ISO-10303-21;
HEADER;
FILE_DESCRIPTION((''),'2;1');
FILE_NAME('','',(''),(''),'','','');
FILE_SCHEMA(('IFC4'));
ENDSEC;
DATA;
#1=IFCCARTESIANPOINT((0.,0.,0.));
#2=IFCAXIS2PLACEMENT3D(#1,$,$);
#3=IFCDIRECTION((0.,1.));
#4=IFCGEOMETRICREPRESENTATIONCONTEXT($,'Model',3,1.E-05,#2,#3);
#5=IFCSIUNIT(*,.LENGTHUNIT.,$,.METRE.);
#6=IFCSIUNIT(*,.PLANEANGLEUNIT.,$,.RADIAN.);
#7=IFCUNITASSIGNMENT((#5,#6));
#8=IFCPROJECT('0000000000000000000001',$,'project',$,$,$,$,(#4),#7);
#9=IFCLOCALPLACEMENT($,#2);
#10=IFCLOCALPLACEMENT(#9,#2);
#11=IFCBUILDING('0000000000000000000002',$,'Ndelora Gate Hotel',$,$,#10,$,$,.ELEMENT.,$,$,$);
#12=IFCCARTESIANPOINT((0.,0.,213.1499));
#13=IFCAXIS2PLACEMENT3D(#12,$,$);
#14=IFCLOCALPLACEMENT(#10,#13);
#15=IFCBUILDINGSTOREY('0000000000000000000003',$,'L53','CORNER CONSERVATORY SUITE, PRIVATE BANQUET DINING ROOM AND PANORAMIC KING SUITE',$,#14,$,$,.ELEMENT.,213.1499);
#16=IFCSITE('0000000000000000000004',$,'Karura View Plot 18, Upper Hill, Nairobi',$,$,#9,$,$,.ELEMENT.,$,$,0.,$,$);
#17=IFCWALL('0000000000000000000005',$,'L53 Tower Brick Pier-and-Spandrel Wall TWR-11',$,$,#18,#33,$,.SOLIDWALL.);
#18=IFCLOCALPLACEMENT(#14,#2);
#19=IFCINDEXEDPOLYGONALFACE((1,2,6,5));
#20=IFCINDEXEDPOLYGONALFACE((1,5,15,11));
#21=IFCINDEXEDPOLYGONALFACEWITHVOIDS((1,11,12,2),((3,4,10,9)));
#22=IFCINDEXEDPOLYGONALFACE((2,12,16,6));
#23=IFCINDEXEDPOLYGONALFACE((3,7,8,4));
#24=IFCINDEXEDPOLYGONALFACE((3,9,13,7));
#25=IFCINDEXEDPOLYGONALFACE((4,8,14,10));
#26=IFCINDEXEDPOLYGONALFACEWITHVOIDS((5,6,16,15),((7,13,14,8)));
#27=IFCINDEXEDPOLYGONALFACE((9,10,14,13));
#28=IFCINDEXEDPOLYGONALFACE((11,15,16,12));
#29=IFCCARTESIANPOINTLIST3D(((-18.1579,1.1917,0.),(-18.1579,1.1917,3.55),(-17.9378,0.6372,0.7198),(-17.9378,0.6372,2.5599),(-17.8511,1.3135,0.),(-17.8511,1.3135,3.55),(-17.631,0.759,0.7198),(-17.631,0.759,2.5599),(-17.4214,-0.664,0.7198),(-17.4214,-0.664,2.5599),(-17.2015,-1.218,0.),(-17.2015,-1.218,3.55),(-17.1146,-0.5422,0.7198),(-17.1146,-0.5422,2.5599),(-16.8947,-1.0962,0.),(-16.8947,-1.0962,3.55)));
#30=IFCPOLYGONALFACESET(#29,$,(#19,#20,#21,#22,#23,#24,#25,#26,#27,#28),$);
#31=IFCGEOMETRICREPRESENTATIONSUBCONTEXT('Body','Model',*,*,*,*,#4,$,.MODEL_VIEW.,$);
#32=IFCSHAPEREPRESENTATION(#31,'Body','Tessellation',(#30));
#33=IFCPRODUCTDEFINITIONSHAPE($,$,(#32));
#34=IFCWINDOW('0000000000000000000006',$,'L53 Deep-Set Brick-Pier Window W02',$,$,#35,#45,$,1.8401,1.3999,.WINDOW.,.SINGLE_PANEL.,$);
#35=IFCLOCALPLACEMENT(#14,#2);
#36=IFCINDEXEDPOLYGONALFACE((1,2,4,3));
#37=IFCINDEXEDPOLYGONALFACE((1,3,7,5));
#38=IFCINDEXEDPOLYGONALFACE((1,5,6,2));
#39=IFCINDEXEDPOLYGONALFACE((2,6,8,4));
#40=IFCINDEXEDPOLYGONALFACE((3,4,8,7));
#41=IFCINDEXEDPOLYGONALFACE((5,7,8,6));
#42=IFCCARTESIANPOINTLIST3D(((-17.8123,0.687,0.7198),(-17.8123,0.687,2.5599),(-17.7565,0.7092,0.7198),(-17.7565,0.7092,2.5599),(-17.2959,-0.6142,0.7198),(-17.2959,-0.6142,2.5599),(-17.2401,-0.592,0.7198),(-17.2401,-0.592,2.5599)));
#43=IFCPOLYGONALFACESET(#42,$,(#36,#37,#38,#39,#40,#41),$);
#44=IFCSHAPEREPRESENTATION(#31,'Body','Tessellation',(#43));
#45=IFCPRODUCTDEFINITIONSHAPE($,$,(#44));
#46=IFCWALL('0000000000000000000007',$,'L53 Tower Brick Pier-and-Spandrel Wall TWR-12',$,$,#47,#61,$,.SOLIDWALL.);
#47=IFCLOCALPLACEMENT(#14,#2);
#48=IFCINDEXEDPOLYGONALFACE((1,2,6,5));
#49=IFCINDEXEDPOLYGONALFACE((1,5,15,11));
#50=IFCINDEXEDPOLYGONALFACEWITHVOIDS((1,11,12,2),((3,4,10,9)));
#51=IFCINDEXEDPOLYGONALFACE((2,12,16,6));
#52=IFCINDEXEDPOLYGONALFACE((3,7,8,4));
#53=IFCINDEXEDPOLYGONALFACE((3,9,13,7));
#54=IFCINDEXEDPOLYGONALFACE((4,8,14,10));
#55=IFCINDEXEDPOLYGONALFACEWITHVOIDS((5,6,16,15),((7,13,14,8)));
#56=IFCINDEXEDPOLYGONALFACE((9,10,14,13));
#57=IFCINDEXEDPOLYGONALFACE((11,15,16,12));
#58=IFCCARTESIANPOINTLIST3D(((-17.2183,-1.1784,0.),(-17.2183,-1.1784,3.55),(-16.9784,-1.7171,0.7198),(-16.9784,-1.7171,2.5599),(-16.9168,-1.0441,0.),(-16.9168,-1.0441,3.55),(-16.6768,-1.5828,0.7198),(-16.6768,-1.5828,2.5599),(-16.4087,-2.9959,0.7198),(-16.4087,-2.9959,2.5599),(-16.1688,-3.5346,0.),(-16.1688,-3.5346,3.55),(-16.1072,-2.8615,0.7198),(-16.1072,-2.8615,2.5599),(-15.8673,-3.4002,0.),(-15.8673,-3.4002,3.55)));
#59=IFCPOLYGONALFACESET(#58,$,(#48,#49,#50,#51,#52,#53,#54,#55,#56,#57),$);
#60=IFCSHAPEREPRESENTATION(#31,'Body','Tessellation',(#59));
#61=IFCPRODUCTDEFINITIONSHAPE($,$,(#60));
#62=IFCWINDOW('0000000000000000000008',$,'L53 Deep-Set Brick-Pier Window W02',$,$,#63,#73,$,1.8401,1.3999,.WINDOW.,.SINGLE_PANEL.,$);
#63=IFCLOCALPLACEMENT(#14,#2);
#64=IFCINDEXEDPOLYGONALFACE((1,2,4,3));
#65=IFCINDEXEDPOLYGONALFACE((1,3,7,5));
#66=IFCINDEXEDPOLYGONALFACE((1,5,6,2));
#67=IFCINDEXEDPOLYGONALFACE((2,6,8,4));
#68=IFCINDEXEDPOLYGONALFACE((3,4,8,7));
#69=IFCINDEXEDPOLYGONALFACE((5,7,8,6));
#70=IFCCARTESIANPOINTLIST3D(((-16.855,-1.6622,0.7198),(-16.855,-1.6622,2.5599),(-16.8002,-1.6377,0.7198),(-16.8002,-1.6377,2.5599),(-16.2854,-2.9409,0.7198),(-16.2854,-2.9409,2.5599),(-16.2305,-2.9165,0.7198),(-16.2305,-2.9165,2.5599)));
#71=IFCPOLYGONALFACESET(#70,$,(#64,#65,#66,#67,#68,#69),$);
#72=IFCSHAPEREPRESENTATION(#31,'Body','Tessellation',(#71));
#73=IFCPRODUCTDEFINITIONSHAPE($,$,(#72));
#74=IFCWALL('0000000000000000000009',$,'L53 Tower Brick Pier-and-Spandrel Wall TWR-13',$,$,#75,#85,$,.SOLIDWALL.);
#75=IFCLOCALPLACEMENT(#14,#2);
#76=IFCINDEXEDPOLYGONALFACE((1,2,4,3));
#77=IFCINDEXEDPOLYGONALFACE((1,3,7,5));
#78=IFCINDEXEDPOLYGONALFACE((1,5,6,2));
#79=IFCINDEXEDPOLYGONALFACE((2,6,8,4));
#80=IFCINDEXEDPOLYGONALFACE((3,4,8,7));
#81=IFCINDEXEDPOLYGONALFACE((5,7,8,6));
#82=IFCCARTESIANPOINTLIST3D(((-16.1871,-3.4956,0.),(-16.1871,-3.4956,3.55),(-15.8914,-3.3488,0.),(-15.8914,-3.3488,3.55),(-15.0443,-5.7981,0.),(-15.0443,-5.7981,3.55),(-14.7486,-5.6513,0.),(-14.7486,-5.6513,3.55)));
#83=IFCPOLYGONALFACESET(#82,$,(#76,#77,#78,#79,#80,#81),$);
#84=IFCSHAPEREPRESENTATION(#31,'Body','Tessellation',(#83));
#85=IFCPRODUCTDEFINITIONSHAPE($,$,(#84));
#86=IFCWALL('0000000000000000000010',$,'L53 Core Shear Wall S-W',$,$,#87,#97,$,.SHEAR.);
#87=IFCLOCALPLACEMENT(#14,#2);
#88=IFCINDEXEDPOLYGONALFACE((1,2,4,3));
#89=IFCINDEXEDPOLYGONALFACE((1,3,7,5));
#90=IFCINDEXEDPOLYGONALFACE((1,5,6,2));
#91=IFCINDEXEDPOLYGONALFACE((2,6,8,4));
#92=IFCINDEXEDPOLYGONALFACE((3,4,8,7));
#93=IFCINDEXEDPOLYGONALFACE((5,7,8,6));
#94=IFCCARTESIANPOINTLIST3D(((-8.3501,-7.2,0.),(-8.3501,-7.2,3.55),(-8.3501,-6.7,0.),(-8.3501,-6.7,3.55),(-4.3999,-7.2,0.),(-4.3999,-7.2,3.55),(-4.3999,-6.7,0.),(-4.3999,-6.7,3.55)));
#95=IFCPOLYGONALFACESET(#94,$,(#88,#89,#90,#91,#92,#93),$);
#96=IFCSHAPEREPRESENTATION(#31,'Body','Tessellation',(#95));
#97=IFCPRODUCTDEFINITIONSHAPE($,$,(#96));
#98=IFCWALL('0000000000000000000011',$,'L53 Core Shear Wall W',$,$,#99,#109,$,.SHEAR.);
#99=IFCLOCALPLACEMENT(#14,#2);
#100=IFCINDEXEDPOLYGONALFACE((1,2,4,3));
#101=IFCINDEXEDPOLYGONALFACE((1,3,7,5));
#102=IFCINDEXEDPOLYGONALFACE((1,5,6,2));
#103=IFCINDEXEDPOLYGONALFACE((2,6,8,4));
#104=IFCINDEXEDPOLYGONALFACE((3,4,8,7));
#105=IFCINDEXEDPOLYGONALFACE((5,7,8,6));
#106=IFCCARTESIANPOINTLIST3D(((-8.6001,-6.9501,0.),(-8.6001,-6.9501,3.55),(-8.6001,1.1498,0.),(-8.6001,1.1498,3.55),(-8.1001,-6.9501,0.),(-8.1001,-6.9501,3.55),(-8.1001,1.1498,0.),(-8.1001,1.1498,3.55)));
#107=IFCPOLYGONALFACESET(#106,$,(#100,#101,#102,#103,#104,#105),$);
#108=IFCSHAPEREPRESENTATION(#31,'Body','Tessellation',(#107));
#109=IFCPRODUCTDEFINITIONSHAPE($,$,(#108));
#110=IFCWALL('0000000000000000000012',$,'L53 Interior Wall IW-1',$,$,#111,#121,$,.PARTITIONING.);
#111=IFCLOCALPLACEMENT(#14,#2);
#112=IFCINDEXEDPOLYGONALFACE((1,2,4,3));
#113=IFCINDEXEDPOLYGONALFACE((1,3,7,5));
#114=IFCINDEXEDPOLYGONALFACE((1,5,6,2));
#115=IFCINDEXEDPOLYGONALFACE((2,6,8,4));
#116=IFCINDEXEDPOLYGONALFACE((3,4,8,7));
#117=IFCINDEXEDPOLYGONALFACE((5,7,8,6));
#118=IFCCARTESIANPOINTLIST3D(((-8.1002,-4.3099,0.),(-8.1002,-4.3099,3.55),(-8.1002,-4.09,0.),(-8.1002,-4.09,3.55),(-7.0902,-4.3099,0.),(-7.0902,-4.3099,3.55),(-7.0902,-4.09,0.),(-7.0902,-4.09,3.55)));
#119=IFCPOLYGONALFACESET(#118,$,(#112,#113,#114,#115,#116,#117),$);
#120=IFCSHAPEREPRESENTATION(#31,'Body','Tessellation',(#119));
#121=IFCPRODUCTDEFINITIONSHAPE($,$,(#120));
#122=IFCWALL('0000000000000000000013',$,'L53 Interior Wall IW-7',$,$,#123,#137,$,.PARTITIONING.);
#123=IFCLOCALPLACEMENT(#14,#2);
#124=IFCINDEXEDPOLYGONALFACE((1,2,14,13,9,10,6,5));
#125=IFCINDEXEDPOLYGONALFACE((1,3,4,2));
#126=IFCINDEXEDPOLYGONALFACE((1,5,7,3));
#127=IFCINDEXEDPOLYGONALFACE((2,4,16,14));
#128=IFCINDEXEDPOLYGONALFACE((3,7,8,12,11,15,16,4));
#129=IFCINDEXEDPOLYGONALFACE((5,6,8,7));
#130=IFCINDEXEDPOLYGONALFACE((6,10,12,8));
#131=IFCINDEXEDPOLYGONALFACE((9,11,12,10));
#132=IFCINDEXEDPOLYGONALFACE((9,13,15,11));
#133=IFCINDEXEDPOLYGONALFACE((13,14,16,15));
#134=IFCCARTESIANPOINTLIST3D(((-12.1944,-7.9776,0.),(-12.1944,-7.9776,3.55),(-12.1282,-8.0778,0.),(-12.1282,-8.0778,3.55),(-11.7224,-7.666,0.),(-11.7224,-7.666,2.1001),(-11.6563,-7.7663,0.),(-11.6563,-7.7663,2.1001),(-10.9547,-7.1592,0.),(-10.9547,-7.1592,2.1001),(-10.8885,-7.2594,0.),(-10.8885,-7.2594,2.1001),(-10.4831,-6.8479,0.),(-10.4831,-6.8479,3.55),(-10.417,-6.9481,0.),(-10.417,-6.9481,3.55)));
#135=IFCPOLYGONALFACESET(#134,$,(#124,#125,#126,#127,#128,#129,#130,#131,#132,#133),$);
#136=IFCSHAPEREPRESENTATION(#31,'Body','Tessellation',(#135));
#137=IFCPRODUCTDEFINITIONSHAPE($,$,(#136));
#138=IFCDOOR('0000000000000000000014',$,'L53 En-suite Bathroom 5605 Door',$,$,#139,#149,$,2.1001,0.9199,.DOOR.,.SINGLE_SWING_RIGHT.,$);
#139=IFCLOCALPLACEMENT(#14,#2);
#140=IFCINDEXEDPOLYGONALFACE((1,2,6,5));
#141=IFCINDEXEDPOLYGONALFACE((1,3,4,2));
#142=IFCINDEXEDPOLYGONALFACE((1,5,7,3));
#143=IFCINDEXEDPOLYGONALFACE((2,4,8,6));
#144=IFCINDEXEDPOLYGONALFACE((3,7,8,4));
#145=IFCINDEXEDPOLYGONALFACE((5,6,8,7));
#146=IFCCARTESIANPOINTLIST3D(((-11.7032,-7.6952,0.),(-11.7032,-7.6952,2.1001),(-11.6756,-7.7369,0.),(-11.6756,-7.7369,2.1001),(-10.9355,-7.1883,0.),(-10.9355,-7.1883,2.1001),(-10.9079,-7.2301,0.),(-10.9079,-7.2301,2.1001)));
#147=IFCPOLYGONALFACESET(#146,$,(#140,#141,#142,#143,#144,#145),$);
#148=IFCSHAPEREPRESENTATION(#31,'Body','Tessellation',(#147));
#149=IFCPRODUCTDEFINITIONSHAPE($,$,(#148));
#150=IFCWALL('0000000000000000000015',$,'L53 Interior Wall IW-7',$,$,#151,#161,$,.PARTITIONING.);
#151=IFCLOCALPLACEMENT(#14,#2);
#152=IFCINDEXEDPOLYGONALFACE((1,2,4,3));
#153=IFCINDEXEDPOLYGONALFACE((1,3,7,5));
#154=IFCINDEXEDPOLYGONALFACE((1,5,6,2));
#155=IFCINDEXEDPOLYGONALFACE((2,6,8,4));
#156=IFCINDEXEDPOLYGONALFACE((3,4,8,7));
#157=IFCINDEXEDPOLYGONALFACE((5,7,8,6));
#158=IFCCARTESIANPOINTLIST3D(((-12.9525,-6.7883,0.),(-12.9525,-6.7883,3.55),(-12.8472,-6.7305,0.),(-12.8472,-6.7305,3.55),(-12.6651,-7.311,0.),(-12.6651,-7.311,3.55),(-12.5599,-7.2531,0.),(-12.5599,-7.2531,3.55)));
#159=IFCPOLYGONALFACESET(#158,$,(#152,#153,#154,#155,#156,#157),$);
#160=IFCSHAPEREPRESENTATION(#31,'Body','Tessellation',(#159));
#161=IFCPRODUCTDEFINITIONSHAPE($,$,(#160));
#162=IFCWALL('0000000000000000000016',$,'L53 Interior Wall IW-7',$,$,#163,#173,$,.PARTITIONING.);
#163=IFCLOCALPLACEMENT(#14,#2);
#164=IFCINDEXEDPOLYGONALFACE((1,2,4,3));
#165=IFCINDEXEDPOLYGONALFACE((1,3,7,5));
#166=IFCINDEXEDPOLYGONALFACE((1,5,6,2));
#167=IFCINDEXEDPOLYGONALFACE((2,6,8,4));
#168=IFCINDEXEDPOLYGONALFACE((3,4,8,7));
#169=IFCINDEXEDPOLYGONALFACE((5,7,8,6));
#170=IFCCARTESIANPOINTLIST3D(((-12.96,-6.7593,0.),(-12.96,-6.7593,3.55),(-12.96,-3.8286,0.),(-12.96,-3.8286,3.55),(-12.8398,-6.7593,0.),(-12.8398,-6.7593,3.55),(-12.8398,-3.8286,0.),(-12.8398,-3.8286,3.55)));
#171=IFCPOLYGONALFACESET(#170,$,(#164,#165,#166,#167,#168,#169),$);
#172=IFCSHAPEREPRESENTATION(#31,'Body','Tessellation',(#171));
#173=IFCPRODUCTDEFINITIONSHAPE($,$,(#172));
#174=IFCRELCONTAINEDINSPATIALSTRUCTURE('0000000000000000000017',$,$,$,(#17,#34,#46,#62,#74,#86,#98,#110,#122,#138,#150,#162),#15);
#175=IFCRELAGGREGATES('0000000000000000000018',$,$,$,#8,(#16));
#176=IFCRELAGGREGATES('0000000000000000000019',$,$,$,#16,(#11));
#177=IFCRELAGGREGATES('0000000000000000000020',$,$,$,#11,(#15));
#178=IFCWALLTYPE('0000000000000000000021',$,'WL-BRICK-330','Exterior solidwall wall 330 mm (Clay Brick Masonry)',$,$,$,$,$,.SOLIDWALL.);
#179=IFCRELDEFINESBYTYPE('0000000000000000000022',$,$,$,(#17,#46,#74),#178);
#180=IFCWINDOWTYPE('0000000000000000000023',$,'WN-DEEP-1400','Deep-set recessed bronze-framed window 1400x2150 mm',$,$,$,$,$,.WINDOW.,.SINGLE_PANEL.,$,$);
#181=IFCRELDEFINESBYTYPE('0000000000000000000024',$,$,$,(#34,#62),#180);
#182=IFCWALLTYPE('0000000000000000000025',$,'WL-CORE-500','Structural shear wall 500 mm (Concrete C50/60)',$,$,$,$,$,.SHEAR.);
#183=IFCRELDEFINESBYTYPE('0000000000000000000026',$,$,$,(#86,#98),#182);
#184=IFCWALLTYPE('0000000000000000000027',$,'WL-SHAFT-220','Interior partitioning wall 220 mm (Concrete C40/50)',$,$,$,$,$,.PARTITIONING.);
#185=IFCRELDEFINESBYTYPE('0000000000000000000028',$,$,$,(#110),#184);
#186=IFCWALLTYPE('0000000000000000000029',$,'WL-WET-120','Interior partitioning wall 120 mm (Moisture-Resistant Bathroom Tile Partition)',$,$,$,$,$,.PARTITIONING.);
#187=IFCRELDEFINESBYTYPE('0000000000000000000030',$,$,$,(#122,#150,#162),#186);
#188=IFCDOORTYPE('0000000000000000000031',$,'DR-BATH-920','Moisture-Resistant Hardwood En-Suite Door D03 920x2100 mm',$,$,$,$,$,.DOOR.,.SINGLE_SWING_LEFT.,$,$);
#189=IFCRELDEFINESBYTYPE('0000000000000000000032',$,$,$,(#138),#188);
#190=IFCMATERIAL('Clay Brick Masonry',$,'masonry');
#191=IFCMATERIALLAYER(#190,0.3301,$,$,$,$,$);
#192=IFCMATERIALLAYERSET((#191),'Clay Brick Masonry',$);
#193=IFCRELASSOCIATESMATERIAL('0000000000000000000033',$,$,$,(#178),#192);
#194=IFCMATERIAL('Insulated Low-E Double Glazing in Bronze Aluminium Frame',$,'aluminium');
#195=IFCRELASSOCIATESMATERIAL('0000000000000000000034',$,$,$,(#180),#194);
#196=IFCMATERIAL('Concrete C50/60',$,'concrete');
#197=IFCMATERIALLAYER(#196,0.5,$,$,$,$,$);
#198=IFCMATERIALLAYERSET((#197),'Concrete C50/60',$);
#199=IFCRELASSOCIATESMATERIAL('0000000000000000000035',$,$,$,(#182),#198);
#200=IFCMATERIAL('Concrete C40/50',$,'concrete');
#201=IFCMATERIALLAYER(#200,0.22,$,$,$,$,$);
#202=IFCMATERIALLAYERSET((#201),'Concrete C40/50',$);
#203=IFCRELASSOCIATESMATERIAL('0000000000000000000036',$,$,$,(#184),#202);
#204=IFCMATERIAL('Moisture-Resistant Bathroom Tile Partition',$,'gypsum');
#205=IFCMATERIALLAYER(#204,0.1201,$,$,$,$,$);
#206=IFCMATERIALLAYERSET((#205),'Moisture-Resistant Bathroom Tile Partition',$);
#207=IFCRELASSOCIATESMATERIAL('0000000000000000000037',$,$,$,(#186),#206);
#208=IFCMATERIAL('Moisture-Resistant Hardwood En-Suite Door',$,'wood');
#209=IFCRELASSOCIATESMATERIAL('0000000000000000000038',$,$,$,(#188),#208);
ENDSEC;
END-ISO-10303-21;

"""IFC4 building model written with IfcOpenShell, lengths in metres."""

from ifc_helpers import new_model, si_unit, direction, frame, frame_2d, origin, place, context, subcontext, project, spatial, rectangle, extrude, material, layer, layer_set, type_object, element, fill, save


model = new_model("IFC4")

# Units and contexts
model_context = context("Model", 3, precision=1e-05, world=origin(), true_north=direction((0.0, 1.0)))
body_context = subcontext(model_context, "Body", "Model", "MODEL_VIEW")
ifc_project = project(units=[si_unit("LENGTHUNIT", "METRE"), si_unit("PLANEANGLEUNIT", "RADIAN")], contexts=[model_context])

# Site, building, storey
site_placement = place(None, origin())
site = spatial("IfcSite", under=ifc_project, at=site_placement, Name="Karura View Plot 18, Upper Hill, Nairobi", CompositionType="ELEMENT", RefElevation=0.0)
building_placement = place(site_placement, origin())
building = spatial("IfcBuilding", under=site, at=building_placement, Name="Ndelora Gate Hotel", CompositionType="ELEMENT")
storey_placement = place(building_placement, frame((0.0, 0.0, 213.1499)))
storey = spatial("IfcBuildingStorey", under=building, at=storey_placement, Name="L53", Description="CORNER CONSERVATORY SUITE, PRIVATE BANQUET DINING ROOM AND PANORAMIC KING SUITE", CompositionType="ELEMENT", Elevation=213.1499)

# Shared definitions
ifc_material_1 = material(Name="Concrete C50/60", Category="concrete")

# Walls, openings, windows
ifc_material_2 = material(Name="Clay Brick Masonry", Category="masonry")
ifc_layer_1 = layer(ifc_material_2, 0.3301)
ifc_layer_set_1 = layer_set([ifc_layer_1], Name="Clay Brick Masonry")
wall_type_1 = type_object("IfcWallType", Name="WL-BRICK-330", Description="Exterior solidwall wall 330 mm (Clay Brick Masonry)", PredefinedType="SOLIDWALL", material=ifc_layer_set_1)
wall_1_placement = place(storey_placement, frame((-17.0481, -1.1572, 0.0), z_axis=(0.0, 0.0, 1.0), x_axis=(-0.368873, 0.92948, 0.0)))
wall_1 = element("IfcWall", 1, at=wall_1_placement, inside=storey, type_object=wall_type_1, Name="L53 Tower Brick Pier-and-Spandrel Wall TWR-11", PredefinedType="SOLIDWALL", context=body_context, shape_type="SweptSolid", body=[
    extrude(rectangle(XDim=2.5925, YDim=0.3301, at=frame_2d((1.2964, 0.0))), origin(), (0.0, 0.0, 1.0), 3.55),
])
opening_1_placement = place(wall_1_placement, frame((0.5962, 0.0, 0.72)))
opening_1 = element("IfcOpeningElement", 2, at=opening_1_placement, cuts=wall_1, PredefinedType="OPENING", context=body_context, shape_type="SweptSolid", body=[
    extrude(rectangle(XDim=1.3999, YDim=1.8401, at=frame_2d((0.7, 0.9199))), frame((0.0, 0.175, 0.0), z_axis=(0.0, -1.0, 0.0), x_axis=(1.0, 0.0, 0.0)), (0.0, 0.0, 1.0), 0.3501),
])
ifc_material_3 = material(Name="Insulated Low-E Double Glazing in Bronze Aluminium Frame", Category="aluminium")
window_type = type_object("IfcWindowType", Name="WN-DEEP-1400", Description="Deep-set recessed bronze-framed window 1400x2150 mm", PartitioningType="SINGLE_PANEL", PredefinedType="WINDOW", material=ifc_material_3)
window_1_placement = place(opening_1_placement, origin())
window_1 = element("IfcWindow", 3, at=window_1_placement, inside=storey, type_object=window_type, Name="L53 Deep-Set Brick-Pier Window W02", OverallHeight=1.8401, OverallWidth=1.3999, PartitioningType="SINGLE_PANEL", PredefinedType="WINDOW", context=body_context, shape_type="SweptSolid", body=[
    extrude(rectangle(XDim=1.3999, YDim=1.8401, at=frame_2d((0.7, 0.9199))), frame((0.0, 0.03, 0.0), z_axis=(0.0, -1.0, 0.0), x_axis=(1.0, 0.0, 0.0)), (0.0, 0.0, 1.0), 0.0601),
])
fill(opening_1, window_1)
wall_2_placement = place(storey_placement, frame((-16.0181, -3.4673, 0.0), z_axis=(0.0, 0.0, 1.0), x_axis=(-0.406902, 0.913472, 0.0)))
wall_2 = element("IfcWall", 4, at=wall_2_placement, inside=storey, type_object=wall_type_1, Name="L53 Tower Brick Pier-and-Spandrel Wall TWR-12", PredefinedType="SOLIDWALL", context=body_context, shape_type="SweptSolid", body=[
    extrude(rectangle(XDim=2.5793, YDim=0.3301, at=frame_2d((1.2896, 0.0))), origin(), (0.0, 0.0, 1.0), 3.55),
])
opening_2_placement = place(wall_2_placement, frame((0.5896, 0.0, 0.72)))
opening_2 = element("IfcOpeningElement", 5, at=opening_2_placement, cuts=wall_2, PredefinedType="OPENING", context=body_context, shape_type="SweptSolid", body=[
    extrude(rectangle(XDim=1.3999, YDim=1.8401, at=frame_2d((0.7, 0.9199))), frame((0.0, 0.175, 0.0), z_axis=(0.0, -1.0, 0.0), x_axis=(1.0, 0.0, 0.0)), (0.0, 0.0, 1.0), 0.3501),
])
window_2_placement = place(opening_2_placement, origin())
window_2 = element("IfcWindow", 6, at=window_2_placement, inside=storey, type_object=window_type, Name="L53 Deep-Set Brick-Pier Window W02", OverallHeight=1.8401, OverallWidth=1.3999, PartitioningType="SINGLE_PANEL", PredefinedType="WINDOW", context=body_context, shape_type="SweptSolid", body=[
    extrude(rectangle(XDim=1.3999, YDim=1.8401, at=frame_2d((0.7, 0.9199))), frame((0.0, 0.03, 0.0), z_axis=(0.0, -1.0, 0.0), x_axis=(1.0, 0.0, 0.0)), (0.0, 0.0, 1.0), 0.0601),
])
fill(opening_2, window_2)

# Walls
wall_3_placement = place(storey_placement, frame((-14.8965, -5.7246, 0.0), z_axis=(0.0, 0.0, 1.0), x_axis=(-0.44459, 0.895734, 0.0)))
element("IfcWall", 7, at=wall_3_placement, inside=storey, type_object=wall_type_1, Name="L53 Tower Brick Pier-and-Spandrel Wall TWR-13", PredefinedType="SOLIDWALL", context=body_context, shape_type="SweptSolid", body=[
    extrude(rectangle(XDim=2.5706, YDim=0.3301, at=frame_2d((1.2852, 0.0))), origin(), (0.0, 0.0, 1.0), 3.55),
])
ifc_layer_2 = layer(ifc_material_1, 0.5)
ifc_layer_set_2 = layer_set([ifc_layer_2], Name="Concrete C50/60")
wall_type_2 = type_object("IfcWallType", Name="WL-CORE-500", Description="Structural shear wall 500 mm (Concrete C50/60)", PredefinedType="SHEAR", material=ifc_layer_set_2)
wall_4_placement = place(storey_placement, frame((-8.3501, -6.95, 0.0), z_axis=(0.0, 0.0, 1.0), x_axis=(1.0, 0.0, 0.0)))
element("IfcWall", 8, at=wall_4_placement, inside=storey, type_object=wall_type_2, Name="L53 Core Shear Wall S-W", PredefinedType="SHEAR", context=body_context, shape_type="SweptSolid", body=[
    extrude(rectangle(XDim=3.9502, YDim=0.5, at=frame_2d((1.9751, 0.0))), origin(), (0.0, 0.0, 1.0), 3.55),
])
wall_5_placement = place(storey_placement, frame((-8.3501, -6.95, 0.0), z_axis=(0.0, 0.0, 1.0), x_axis=(0.0, 1.0, 0.0)))
element("IfcWall", 9, at=wall_5_placement, inside=storey, type_object=wall_type_2, Name="L53 Core Shear Wall W", PredefinedType="SHEAR", context=body_context, shape_type="SweptSolid", body=[
    extrude(rectangle(XDim=8.0999, YDim=0.5, at=frame_2d((4.0498, 0.0))), origin(), (0.0, 0.0, 1.0), 3.55),
])
ifc_material_4 = material(Name="Concrete C40/50", Category="concrete")
ifc_layer_3 = layer(ifc_material_4, 0.22)
ifc_layer_set_3 = layer_set([ifc_layer_3], Name="Concrete C40/50")
wall_type_3 = type_object("IfcWallType", Name="WL-SHAFT-220", Description="Interior partitioning wall 220 mm (Concrete C40/50)", PredefinedType="PARTITIONING", material=ifc_layer_set_3)
wall_6_placement = place(storey_placement, frame((-8.1001, -4.2, 0.0), z_axis=(0.0, 0.0, 1.0), x_axis=(1.0, 0.0, 0.0)))
element("IfcWall", 10, at=wall_6_placement, inside=storey, type_object=wall_type_3, Name="L53 Interior Wall IW-1", PredefinedType="PARTITIONING", context=body_context, shape_type="SweptSolid", body=[
    extrude(rectangle(XDim=1.01, YDim=0.22, at=frame_2d((0.5049, 0.0))), origin(), (0.0, 0.0, 1.0), 3.55),
])

# Wall, opening, door
ifc_material_5 = material(Name="Moisture-Resistant Bathroom Tile Partition", Category="gypsum")
ifc_layer_4 = layer(ifc_material_5, 0.1201)
ifc_layer_set_4 = layer_set([ifc_layer_4], Name="Moisture-Resistant Bathroom Tile Partition")
wall_type_4 = type_object("IfcWallType", Name="WL-WET-120", Description="Interior partitioning wall 120 mm (Moisture-Resistant Bathroom Tile Partition)", PredefinedType="PARTITIONING", material=ifc_layer_set_4)
wall_7_placement = place(storey_placement, frame((-10.45, -6.8979, 0.0), z_axis=(0.0, 0.0, 1.0), x_axis=(-0.834551, -0.55093, 0.0)))
wall_7 = element("IfcWall", 11, at=wall_7_placement, inside=storey, type_object=wall_type_4, Name="L53 Interior Wall IW-7", PredefinedType="PARTITIONING", context=body_context, shape_type="SweptSolid", body=[
    extrude(rectangle(XDim=2.0505, YDim=0.1201, at=frame_2d((1.0254, 0.0))), origin(), (0.0, 0.0, 1.0), 3.55),
])
opening_3_placement = place(wall_7_placement, frame((0.5652, 0.0, 0.0)))
opening_3 = element("IfcOpeningElement", 12, at=opening_3_placement, cuts=wall_7, PredefinedType="OPENING", context=body_context, shape_type="SweptSolid", body=[
    extrude(rectangle(XDim=0.9199, YDim=2.1001, at=frame_2d((0.46, 1.05))), frame((0.0, 0.0701, 0.0), z_axis=(0.0, -1.0, 0.0), x_axis=(1.0, 0.0, 0.0)), (0.0, 0.0, 1.0), 0.1401),
])
ifc_material_6 = material(Name="Moisture-Resistant Hardwood En-Suite Door", Category="wood")
door_type = type_object("IfcDoorType", Name="DR-BATH-920", Description="Moisture-Resistant Hardwood En-Suite Door D03 920x2100 mm", OperationType="SINGLE_SWING_LEFT", PredefinedType="DOOR", material=ifc_material_6)
door_placement = place(opening_3_placement, origin())
door = element("IfcDoor", 13, at=door_placement, inside=storey, type_object=door_type, Name="L53 En-suite Bathroom 5605 Door", OperationType="SINGLE_SWING_RIGHT", OverallHeight=2.1001, OverallWidth=0.9199, PredefinedType="DOOR", context=body_context, shape_type="SweptSolid", body=[
    extrude(rectangle(XDim=0.9199, YDim=2.1001, at=frame_2d((0.46, 1.05))), frame((0.0, 0.0249, 0.0), z_axis=(0.0, -1.0, 0.0), x_axis=(1.0, 0.0, 0.0)), (0.0, 0.0, 1.0), 0.05),
])
fill(opening_3, door)

# Walls
wall_8_placement = place(storey_placement, frame((-12.8999, -6.7593, 0.0), z_axis=(0.0, 0.0, 1.0), x_axis=(0.481746, -0.876311, 0.0)))
element("IfcWall", 14, at=wall_8_placement, inside=storey, type_object=wall_type_4, Name="L53 Interior Wall IW-7", PredefinedType="PARTITIONING", context=body_context, shape_type="SweptSolid", body=[
    extrude(rectangle(XDim=0.5964, YDim=0.1201, at=frame_2d((0.2983, 0.0))), origin(), (0.0, 0.0, 1.0), 3.55),
])
wall_9_placement = place(storey_placement, frame((-12.8999, -3.8286, 0.0), z_axis=(0.0, 0.0, 1.0), x_axis=(0.0, -1.0, 0.0)))
element("IfcWall", 15, at=wall_9_placement, inside=storey, type_object=wall_type_4, Name="L53 Interior Wall IW-7", PredefinedType="PARTITIONING", context=body_context, shape_type="SweptSolid", body=[
    extrude(rectangle(XDim=2.9307, YDim=0.1201, at=frame_2d((1.4653, 0.0))), origin(), (0.0, 0.0, 1.0), 3.55),
])

save(model, "model.ifc")
